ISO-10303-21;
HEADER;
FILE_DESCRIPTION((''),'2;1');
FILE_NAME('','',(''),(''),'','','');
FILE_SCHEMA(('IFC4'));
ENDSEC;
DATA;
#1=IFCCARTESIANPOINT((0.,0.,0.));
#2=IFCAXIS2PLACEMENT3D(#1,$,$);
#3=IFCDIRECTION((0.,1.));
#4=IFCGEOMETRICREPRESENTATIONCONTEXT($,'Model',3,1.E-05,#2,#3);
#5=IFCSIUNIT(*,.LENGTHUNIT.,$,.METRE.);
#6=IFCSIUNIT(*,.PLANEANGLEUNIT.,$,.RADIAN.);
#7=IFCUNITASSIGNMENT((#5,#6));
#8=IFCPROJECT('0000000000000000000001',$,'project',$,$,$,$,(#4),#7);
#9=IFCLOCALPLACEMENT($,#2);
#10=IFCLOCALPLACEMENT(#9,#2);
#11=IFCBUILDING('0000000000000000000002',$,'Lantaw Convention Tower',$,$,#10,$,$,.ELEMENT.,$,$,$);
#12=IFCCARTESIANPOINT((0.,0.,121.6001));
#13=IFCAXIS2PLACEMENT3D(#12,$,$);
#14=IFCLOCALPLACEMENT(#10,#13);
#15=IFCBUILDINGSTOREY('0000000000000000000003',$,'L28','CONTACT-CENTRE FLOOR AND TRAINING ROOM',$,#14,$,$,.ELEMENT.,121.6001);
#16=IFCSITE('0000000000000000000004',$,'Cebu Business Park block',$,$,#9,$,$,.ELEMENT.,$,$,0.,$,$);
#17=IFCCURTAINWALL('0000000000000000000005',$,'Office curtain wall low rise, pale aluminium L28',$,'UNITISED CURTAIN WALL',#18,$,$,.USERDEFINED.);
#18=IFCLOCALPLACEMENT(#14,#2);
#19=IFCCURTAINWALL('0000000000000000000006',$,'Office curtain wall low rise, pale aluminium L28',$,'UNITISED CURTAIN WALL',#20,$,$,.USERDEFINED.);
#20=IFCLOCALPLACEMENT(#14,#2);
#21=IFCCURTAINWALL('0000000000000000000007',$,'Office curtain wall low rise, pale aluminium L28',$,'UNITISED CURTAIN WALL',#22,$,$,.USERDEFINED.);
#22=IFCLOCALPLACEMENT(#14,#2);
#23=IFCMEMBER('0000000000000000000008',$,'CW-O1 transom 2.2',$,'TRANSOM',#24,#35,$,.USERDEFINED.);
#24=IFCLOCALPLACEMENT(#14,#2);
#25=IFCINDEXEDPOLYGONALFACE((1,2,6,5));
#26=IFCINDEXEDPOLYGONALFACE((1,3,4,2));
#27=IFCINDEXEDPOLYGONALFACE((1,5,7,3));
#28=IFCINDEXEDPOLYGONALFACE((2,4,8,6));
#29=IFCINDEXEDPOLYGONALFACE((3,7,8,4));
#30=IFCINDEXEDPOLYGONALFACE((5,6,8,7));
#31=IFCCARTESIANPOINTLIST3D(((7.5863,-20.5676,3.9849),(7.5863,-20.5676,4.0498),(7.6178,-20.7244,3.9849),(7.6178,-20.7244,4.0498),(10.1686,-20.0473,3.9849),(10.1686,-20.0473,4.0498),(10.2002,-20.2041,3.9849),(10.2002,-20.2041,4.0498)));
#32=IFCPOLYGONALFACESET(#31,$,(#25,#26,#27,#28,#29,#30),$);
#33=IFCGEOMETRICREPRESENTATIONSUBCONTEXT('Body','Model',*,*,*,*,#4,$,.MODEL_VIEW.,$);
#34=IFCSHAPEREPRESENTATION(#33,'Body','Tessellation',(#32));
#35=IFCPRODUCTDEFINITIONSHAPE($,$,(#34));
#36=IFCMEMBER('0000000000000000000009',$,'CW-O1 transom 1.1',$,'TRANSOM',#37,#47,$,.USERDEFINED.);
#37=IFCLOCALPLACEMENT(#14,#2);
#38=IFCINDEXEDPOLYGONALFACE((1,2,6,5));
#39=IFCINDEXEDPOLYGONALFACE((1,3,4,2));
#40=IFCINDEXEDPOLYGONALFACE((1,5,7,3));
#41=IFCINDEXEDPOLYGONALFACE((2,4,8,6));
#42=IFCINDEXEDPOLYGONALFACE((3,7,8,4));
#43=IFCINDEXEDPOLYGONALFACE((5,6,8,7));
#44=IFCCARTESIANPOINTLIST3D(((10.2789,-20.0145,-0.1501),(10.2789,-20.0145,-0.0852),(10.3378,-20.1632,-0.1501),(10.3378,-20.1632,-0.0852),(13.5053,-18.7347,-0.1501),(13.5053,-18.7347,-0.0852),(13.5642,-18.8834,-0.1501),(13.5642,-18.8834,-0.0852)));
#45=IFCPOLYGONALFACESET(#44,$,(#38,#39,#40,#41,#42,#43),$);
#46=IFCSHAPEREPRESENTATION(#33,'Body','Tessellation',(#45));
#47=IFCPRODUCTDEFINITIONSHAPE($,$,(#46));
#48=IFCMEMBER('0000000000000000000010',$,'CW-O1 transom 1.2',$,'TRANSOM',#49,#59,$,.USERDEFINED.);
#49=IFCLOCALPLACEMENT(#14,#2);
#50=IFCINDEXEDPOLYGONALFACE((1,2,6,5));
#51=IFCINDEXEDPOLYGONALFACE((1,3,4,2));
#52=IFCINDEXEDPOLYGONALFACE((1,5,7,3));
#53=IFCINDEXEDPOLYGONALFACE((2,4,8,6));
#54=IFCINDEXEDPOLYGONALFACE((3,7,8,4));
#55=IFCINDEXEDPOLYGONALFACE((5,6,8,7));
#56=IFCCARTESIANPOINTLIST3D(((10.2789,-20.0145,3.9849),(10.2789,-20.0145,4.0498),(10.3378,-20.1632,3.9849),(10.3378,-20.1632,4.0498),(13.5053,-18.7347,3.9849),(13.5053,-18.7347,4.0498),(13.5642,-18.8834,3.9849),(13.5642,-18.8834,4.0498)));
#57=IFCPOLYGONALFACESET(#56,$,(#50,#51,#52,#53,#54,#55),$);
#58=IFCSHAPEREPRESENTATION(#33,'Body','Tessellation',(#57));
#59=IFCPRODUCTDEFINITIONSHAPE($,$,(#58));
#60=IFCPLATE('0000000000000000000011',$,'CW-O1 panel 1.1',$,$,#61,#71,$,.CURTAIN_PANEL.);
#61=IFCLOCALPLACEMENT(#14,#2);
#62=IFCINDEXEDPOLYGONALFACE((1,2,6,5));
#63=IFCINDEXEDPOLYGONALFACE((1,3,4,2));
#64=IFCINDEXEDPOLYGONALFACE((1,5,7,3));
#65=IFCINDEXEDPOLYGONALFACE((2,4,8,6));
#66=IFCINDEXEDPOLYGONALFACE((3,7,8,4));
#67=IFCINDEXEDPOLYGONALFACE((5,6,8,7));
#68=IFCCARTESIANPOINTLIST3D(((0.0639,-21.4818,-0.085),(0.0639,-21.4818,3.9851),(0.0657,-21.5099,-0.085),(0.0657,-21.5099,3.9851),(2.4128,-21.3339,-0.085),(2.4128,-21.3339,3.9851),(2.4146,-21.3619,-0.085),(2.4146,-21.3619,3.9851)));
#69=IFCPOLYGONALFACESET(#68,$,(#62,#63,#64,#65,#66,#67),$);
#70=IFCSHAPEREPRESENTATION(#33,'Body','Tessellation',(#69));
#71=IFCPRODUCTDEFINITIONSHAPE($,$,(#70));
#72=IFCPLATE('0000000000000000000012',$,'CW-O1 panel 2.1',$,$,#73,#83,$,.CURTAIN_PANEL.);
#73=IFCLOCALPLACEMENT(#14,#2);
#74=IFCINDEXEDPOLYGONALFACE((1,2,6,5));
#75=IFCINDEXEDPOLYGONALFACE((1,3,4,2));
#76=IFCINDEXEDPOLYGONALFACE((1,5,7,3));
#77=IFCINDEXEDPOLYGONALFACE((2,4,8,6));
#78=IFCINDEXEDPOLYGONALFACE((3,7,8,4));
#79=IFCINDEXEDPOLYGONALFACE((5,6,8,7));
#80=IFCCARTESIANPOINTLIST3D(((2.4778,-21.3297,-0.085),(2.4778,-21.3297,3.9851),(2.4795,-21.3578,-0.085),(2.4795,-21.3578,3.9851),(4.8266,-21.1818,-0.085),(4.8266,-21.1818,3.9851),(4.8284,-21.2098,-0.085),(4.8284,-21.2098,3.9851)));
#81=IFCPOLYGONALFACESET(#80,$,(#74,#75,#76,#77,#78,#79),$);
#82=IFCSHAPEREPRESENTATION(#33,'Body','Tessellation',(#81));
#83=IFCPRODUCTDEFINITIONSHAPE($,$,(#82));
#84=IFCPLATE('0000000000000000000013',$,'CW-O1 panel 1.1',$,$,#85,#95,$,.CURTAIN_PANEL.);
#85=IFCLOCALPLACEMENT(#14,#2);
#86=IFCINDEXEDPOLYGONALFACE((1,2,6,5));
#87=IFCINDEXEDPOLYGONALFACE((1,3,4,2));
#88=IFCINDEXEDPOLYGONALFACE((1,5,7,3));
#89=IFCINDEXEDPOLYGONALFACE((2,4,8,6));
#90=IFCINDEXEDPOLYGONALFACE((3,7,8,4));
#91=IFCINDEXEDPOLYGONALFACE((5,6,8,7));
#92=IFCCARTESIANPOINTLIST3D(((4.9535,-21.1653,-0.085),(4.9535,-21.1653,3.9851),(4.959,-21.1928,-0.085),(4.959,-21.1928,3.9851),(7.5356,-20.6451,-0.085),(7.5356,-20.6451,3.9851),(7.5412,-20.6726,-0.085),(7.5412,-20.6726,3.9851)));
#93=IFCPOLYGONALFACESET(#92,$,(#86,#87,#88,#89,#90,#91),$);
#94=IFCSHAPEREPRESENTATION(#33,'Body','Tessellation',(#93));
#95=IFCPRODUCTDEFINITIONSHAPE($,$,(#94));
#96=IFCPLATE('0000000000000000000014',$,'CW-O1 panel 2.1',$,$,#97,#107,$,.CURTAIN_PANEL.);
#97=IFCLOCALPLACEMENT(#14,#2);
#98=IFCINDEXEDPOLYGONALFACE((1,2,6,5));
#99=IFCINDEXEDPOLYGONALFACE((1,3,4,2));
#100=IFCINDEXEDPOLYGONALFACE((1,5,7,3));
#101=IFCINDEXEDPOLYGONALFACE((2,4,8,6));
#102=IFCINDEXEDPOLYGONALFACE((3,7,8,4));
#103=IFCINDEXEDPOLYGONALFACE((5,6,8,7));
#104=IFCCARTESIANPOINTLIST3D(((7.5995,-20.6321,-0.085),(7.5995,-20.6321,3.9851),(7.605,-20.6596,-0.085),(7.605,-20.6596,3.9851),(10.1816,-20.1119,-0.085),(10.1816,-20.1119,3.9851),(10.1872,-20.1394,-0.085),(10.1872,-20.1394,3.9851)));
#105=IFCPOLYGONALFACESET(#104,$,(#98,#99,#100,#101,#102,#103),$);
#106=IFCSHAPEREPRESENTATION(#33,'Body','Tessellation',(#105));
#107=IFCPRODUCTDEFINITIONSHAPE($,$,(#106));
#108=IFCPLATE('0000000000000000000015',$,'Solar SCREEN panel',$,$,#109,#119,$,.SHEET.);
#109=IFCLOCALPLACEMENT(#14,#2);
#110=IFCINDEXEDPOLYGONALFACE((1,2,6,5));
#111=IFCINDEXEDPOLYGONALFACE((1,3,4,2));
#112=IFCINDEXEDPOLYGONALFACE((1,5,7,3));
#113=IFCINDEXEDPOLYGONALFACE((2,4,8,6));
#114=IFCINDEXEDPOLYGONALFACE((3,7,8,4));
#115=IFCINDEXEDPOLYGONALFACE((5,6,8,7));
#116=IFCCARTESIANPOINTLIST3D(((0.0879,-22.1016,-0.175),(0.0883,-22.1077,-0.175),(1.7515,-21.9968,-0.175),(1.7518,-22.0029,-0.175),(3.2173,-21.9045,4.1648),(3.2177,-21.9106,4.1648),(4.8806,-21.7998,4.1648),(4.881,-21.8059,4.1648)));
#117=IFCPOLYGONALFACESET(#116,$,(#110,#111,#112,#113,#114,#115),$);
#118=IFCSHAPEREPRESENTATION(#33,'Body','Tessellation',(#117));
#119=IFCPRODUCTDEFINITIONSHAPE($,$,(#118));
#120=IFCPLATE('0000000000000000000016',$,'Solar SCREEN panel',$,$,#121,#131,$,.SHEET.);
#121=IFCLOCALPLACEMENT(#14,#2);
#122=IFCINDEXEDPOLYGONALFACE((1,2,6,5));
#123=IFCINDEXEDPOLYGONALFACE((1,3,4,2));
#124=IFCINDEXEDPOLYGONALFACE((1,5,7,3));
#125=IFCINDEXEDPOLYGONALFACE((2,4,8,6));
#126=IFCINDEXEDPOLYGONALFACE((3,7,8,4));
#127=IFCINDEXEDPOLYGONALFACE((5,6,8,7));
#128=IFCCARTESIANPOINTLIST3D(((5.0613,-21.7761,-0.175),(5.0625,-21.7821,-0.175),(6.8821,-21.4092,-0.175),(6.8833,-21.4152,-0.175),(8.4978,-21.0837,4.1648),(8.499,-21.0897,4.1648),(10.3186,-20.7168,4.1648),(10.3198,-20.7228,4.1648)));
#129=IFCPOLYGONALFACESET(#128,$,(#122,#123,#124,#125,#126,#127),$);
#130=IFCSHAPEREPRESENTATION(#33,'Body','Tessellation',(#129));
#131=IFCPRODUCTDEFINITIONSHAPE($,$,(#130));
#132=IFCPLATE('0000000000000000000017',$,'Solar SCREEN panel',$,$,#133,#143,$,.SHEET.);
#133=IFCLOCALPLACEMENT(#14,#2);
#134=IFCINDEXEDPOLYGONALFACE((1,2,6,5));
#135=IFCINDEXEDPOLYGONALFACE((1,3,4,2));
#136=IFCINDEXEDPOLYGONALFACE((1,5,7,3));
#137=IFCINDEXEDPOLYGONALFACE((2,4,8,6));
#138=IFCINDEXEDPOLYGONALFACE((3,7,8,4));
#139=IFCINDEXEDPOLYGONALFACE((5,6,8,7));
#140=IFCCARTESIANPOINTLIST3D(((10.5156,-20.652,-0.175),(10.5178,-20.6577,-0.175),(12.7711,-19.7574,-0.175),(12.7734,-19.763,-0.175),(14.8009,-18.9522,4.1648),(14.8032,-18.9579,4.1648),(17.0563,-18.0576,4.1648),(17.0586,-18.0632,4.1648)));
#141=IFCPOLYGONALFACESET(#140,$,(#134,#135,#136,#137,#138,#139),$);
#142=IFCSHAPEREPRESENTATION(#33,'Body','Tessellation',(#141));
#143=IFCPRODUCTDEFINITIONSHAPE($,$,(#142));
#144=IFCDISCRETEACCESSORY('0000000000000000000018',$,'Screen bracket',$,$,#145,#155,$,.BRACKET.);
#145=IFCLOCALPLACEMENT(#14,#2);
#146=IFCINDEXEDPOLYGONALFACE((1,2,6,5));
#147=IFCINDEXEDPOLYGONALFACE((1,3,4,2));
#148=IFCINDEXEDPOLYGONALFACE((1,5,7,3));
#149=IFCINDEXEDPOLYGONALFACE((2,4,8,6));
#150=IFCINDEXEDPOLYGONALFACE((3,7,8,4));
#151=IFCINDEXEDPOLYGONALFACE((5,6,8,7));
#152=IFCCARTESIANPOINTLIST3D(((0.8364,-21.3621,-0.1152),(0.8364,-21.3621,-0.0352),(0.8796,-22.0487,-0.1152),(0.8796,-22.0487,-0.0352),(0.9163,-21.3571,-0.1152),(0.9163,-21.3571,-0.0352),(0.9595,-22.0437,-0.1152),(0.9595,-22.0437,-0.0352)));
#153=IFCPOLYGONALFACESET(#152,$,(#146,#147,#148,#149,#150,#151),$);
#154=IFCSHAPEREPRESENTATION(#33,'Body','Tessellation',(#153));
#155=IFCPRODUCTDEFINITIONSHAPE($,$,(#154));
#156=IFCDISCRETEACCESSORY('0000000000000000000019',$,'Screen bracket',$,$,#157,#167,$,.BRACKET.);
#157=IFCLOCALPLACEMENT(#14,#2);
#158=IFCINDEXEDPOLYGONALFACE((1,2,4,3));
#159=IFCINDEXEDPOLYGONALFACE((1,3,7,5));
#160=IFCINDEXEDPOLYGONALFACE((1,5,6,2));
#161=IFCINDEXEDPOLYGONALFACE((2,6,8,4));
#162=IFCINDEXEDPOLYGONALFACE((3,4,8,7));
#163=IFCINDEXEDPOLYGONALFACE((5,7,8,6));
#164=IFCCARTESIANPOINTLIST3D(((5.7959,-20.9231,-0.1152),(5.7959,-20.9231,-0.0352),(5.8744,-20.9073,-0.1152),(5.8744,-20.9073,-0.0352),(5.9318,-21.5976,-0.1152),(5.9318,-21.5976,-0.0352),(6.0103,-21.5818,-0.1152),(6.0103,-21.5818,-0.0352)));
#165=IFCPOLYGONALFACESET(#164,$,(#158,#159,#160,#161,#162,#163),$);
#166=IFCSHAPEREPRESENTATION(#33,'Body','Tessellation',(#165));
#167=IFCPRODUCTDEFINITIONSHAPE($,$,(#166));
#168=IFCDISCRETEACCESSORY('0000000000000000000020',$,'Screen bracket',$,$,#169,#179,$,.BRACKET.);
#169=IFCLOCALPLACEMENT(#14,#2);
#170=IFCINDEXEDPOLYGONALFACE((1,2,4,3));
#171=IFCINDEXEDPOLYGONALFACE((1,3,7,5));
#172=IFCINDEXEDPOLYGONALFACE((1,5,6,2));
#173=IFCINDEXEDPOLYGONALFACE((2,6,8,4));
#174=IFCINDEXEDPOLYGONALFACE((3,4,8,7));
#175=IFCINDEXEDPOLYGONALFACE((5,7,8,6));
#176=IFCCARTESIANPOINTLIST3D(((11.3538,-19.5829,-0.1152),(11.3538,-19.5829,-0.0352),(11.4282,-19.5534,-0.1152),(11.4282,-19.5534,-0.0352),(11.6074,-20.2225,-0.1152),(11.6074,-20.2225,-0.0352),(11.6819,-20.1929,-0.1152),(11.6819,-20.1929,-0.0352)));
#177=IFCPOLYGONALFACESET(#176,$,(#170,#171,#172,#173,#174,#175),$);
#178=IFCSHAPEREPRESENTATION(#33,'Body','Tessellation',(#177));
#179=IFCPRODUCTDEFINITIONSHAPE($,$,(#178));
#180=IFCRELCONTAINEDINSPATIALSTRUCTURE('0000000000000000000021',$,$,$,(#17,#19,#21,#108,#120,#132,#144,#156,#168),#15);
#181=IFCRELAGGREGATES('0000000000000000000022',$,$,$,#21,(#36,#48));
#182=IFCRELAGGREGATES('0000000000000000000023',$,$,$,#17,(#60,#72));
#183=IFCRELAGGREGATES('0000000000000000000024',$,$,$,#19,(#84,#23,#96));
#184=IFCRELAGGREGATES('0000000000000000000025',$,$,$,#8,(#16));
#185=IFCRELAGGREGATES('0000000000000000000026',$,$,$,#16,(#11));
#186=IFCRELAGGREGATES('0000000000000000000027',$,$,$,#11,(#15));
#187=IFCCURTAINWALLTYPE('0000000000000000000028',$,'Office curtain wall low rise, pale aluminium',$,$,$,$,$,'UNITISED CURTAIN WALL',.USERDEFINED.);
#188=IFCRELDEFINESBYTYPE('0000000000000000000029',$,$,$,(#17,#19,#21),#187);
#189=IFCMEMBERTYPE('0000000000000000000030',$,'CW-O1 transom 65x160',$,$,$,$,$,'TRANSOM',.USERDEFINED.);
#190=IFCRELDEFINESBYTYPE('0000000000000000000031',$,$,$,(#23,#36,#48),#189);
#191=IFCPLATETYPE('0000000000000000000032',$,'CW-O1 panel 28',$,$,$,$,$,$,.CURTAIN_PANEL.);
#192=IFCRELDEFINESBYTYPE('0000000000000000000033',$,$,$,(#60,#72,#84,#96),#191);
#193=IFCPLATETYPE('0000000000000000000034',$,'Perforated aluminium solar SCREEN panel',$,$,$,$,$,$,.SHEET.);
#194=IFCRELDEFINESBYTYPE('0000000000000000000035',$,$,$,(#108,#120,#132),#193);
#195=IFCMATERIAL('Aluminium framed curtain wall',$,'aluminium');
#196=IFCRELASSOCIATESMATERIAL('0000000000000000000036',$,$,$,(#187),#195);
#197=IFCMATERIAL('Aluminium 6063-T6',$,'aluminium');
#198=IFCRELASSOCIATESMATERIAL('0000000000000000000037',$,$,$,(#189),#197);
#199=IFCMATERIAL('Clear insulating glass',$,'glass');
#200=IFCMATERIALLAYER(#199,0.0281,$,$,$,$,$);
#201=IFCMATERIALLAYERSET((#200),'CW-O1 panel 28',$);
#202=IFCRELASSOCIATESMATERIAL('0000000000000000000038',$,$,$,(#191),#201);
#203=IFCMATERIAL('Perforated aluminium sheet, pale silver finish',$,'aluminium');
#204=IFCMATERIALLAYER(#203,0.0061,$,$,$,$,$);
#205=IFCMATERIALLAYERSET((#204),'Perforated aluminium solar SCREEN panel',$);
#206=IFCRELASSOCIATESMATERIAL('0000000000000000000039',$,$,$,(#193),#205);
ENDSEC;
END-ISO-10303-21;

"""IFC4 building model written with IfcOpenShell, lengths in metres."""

from ifc_helpers import new_model, si_unit, direction, frame, origin, origin_2d, place, context, subcontext, project, spatial, polyline, rectangle, outline, extrude, material, layer, layer_set, material_profile, profile_set, type_object, element, aggregate, save


model = new_model("IFC4")

# Units and contexts
model_context = context("Model", 3, precision=1e-05, world=origin(), true_north=direction((0.0, 1.0)))
body_context = subcontext(model_context, "Body", "Model", "MODEL_VIEW")
ifc_project = project(units=[si_unit("LENGTHUNIT", "METRE"), si_unit("PLANEANGLEUNIT", "RADIAN")], contexts=[model_context])

# Site, building, storey
site_placement = place(None, origin())
site = spatial("IfcSite", under=ifc_project, at=site_placement, Name="Cebu Business Park block", CompositionType="ELEMENT", RefElevation=0.0)
building_placement = place(site_placement, origin())
building = spatial("IfcBuilding", under=site, at=building_placement, Name="Lantaw Convention Tower", CompositionType="ELEMENT")
storey_placement = place(building_placement, frame((0.0, 0.0, 121.6001)))
storey = spatial("IfcBuildingStorey", under=building, at=storey_placement, Name="L28", Description="CONTACT-CENTRE FLOOR AND TRAINING ROOM", CompositionType="ELEMENT", Elevation=121.6001)

# Curtain walls
ifc_material_1 = material(Name="Aluminium framed curtain wall", Category="aluminium")
curtain_wall_type = type_object("IfcCurtainWallType", Name="Office curtain wall low rise, pale aluminium", ElementType="UNITISED CURTAIN WALL", PredefinedType="USERDEFINED", material=ifc_material_1)
curtain_wall_1_placement = place(storey_placement, origin())
curtain_wall_1 = element("IfcCurtainWall", 1, at=curtain_wall_1_placement, inside=storey, type_object=curtain_wall_type, Name="Office curtain wall low rise, pale aluminium L28", ObjectType="UNITISED CURTAIN WALL", PredefinedType="USERDEFINED")
ifc_material_2 = material(Name="Aluminium 6063-T6", Category="aluminium")
curtain_wall_2_placement = place(storey_placement, origin())
curtain_wall_2 = element("IfcCurtainWall", 2, at=curtain_wall_2_placement, inside=storey, type_object=curtain_wall_type, Name="Office curtain wall low rise, pale aluminium L28", ObjectType="UNITISED CURTAIN WALL", PredefinedType="USERDEFINED")

# Curtain wall
curtain_wall_3_placement = place(storey_placement, origin())
curtain_wall_3 = element("IfcCurtainWall", 3, at=curtain_wall_3_placement, inside=storey, type_object=curtain_wall_type, Name="Office curtain wall low rise, pale aluminium L28", ObjectType="UNITISED CURTAIN WALL", PredefinedType="USERDEFINED")

# Members
ifc_material_profile_1 = material_profile(ifc_material_2, rectangle(XDim=0.1599, YDim=0.0649, at=origin_2d()), Name="CW-O1 transom 65x160")
ifc_profile_set_1 = profile_set([ifc_material_profile_1], Name="Aluminium 6063-T6")
member_type_1 = type_object("IfcMemberType", Name="CW-O1 transom 65x160", ElementType="TRANSOM", PredefinedType="USERDEFINED", material=ifc_profile_set_1)
member_1_placement = place(storey_placement, frame((7.6021, -20.646, 4.0173), z_axis=(0.980302, 0.197506, 0.0), x_axis=(-0.197506, 0.980302, 0.0)))
member_1 = element("IfcMember", 4, at=member_1_placement, type_object=member_type_1, Name="CW-O1 transom 2.2", ObjectType="TRANSOM", PredefinedType="USERDEFINED", context=body_context, shape_type="SweptSolid", body=[
    extrude(rectangle(XDim=0.1599, YDim=0.0649, at=origin_2d()), origin(), (0.0, 0.0, 1.0), 2.6343),
])
member_2_placement = place(storey_placement, frame((10.3083, -20.0889, -0.1177), z_axis=(0.92954, 0.368721, 0.0), x_axis=(-0.368721, 0.92954, 0.0)))
member_2 = element("IfcMember", 5, at=member_2_placement, type_object=member_type_1, Name="CW-O1 transom 1.1", ObjectType="TRANSOM", PredefinedType="USERDEFINED", context=body_context, shape_type="SweptSolid", body=[
    extrude(rectangle(XDim=0.1599, YDim=0.0649, at=origin_2d()), origin(), (0.0, 0.0, 1.0), 3.4709),
])
member_3_placement = place(storey_placement, frame((10.3083, -20.0889, 4.0173), z_axis=(0.92954, 0.368721, 0.0), x_axis=(-0.368721, 0.92954, 0.0)))
member_3 = element("IfcMember", 6, at=member_3_placement, type_object=member_type_1, Name="CW-O1 transom 1.2", ObjectType="TRANSOM", PredefinedType="USERDEFINED", context=body_context, shape_type="SweptSolid", body=[
    extrude(rectangle(XDim=0.1599, YDim=0.0649, at=origin_2d()), origin(), (0.0, 0.0, 1.0), 3.4709),
])
aggregate(curtain_wall_3, [member_2, member_3])

# Plates
ifc_material_3 = material(Name="Clear insulating glass", Category="glass")
ifc_layer_1 = layer(ifc_material_3, 0.0281)
ifc_layer_set_1 = layer_set([ifc_layer_1], Name="CW-O1 panel 28")
plate_type_1 = type_object("IfcPlateType", Name="CW-O1 panel 28", PredefinedType="CURTAIN_PANEL", material=ifc_layer_set_1)
plate_1_placement = place(storey_placement, frame((1.2393, -21.4219, -0.085), z_axis=(0.0, 0.0, 1.0), x_axis=(0.998022, 0.062865, 0.0)))
plate_1 = element("IfcPlate", 7, at=plate_1_placement, type_object=plate_type_1, Name="CW-O1 panel 1.1", PredefinedType="CURTAIN_PANEL", context=body_context, shape_type="SweptSolid", body=[
    extrude(rectangle(XDim=2.3535, YDim=0.0281, at=origin_2d()), origin(), (0.0, 0.0, 1.0), 4.0701),
])
plate_2_placement = place(storey_placement, frame((3.6531, -21.2698, -0.085), z_axis=(0.0, 0.0, 1.0), x_axis=(0.998022, 0.062865, 0.0)))
plate_2 = element("IfcPlate", 8, at=plate_2_placement, type_object=plate_type_1, Name="CW-O1 panel 2.1", PredefinedType="CURTAIN_PANEL", context=body_context, shape_type="SweptSolid", body=[
    extrude(rectangle(XDim=2.3535, YDim=0.0281, at=origin_2d()), origin(), (0.0, 0.0, 1.0), 4.0701),
])
aggregate(curtain_wall_1, [plate_1, plate_2])
plate_3_placement = place(storey_placement, frame((6.2473, -20.9189, -0.085), z_axis=(0.0, 0.0, 1.0), x_axis=(0.980302, 0.197507, 0.0)))
plate_3 = element("IfcPlate", 9, at=plate_3_placement, type_object=plate_type_1, Name="CW-O1 panel 1.1", PredefinedType="CURTAIN_PANEL", context=body_context, shape_type="SweptSolid", body=[
    extrude(rectangle(XDim=2.634, YDim=0.0281, at=origin_2d()), origin(), (0.0, 0.0, 1.0), 4.0701),
])
plate_4_placement = place(storey_placement, frame((8.8933, -20.3857, -0.085), z_axis=(0.0, 0.0, 1.0), x_axis=(0.980302, 0.197507, 0.0)))
plate_4 = element("IfcPlate", 10, at=plate_4_placement, type_object=plate_type_1, Name="CW-O1 panel 2.1", PredefinedType="CURTAIN_PANEL", context=body_context, shape_type="SweptSolid", body=[
    extrude(rectangle(XDim=2.634, YDim=0.0281, at=origin_2d()), origin(), (0.0, 0.0, 1.0), 4.0701),
])
aggregate(curtain_wall_2, [plate_3, member_1, plate_4])

# Plates
ifc_material_4 = material(Name="Perforated aluminium sheet, pale silver finish", Category="aluminium")
ifc_layer_2 = layer(ifc_material_4, 0.0061)
ifc_layer_set_2 = layer_set([ifc_layer_2], Name="Perforated aluminium solar SCREEN panel")
plate_type_2 = type_object("IfcPlateType", Name="Perforated aluminium solar SCREEN panel", PredefinedType="SHEET", material=ifc_layer_set_2)
plate_5_placement = place(storey_placement, frame((0.0879, -22.1016, -0.175), z_axis=(-0.062839, 0.998024, 0.000002), x_axis=(0.998024, 0.062839, 0.0)))
element("IfcPlate", 11, at=plate_5_placement, inside=storey, type_object=plate_type_2, Name="Solar SCREEN panel", PredefinedType="SHEET", context=body_context, shape_type="SweptSolid", body=[
    extrude(outline(polyline([(0.0, 0.0), (1.6669, 0.0), (4.8022, -4.3398), (3.1356, -4.3398), (0.0, 0.0)])), origin(), (0.0, 0.0, -1.0), 0.0061),
])
plate_6_placement = place(storey_placement, frame((5.0613, -21.7761, -0.175), z_axis=(-0.197557, 0.980291, 0.000039), x_axis=(0.980291, 0.197557, 0.0)))
element("IfcPlate", 12, at=plate_6_placement, inside=storey, type_object=plate_type_2, Name="Solar SCREEN panel", PredefinedType="SHEET", context=body_context, shape_type="SweptSolid", body=[
    extrude(outline(polyline([(0.0, 0.0), (1.8574, 0.0), (5.363, -4.3398), (3.5056, -4.3398), (0.0, 0.0)])), origin(), (0.0, 0.0, -1.0), 0.0061),
])
plate_7_placement = place(storey_placement, frame((10.5178, -20.6577, -0.175), z_axis=(0.368709, -0.929545, 0.000011), x_axis=(0.929545, 0.368709, 0.0)))
element("IfcPlate", 13, at=plate_7_placement, inside=storey, type_object=plate_type_2, Name="Solar SCREEN panel", PredefinedType="SHEET", context=body_context, shape_type="SweptSolid", body=[
    extrude(outline(polyline([(0.0, 0.0), (2.4265, 0.0), (7.0365, 4.3398), (4.6102, 4.3398), (0.0, 0.0)])), origin(), (0.0, 0.0, -1.0), 0.0061),
])

# Discrete accessories
for number, where, z_axis, x_axis, name in (
    (14, (0.8979, -21.7029, -0.1152), (0.0, 0.0, 1.0), (0.998022, 0.062865, 0.0), "Screen bracket"),
    (15, (5.9031, -21.2524, -0.1152), (0.0, 0.0, 1.0), (0.980302, 0.197507, 0.0), "Screen bracket"),
    (16, (11.5178, -19.8879, -0.1152), (0.0, 0.0, 1.0), (0.929548, 0.368702, 0.0), "Screen bracket"),
):
    element("IfcDiscreteAccessory", number, at=place(storey_placement, frame(where, z_axis=z_axis, x_axis=x_axis)), inside=storey, Name=name, PredefinedType="BRACKET", context=body_context, shape_type="SweptSolid", body=[
        extrude(rectangle(XDim=0.0801, YDim=0.688, at=origin_2d()), origin(), (0.0, 0.0, 1.0), 0.0801),
    ])

save(model, "model.ifc")
